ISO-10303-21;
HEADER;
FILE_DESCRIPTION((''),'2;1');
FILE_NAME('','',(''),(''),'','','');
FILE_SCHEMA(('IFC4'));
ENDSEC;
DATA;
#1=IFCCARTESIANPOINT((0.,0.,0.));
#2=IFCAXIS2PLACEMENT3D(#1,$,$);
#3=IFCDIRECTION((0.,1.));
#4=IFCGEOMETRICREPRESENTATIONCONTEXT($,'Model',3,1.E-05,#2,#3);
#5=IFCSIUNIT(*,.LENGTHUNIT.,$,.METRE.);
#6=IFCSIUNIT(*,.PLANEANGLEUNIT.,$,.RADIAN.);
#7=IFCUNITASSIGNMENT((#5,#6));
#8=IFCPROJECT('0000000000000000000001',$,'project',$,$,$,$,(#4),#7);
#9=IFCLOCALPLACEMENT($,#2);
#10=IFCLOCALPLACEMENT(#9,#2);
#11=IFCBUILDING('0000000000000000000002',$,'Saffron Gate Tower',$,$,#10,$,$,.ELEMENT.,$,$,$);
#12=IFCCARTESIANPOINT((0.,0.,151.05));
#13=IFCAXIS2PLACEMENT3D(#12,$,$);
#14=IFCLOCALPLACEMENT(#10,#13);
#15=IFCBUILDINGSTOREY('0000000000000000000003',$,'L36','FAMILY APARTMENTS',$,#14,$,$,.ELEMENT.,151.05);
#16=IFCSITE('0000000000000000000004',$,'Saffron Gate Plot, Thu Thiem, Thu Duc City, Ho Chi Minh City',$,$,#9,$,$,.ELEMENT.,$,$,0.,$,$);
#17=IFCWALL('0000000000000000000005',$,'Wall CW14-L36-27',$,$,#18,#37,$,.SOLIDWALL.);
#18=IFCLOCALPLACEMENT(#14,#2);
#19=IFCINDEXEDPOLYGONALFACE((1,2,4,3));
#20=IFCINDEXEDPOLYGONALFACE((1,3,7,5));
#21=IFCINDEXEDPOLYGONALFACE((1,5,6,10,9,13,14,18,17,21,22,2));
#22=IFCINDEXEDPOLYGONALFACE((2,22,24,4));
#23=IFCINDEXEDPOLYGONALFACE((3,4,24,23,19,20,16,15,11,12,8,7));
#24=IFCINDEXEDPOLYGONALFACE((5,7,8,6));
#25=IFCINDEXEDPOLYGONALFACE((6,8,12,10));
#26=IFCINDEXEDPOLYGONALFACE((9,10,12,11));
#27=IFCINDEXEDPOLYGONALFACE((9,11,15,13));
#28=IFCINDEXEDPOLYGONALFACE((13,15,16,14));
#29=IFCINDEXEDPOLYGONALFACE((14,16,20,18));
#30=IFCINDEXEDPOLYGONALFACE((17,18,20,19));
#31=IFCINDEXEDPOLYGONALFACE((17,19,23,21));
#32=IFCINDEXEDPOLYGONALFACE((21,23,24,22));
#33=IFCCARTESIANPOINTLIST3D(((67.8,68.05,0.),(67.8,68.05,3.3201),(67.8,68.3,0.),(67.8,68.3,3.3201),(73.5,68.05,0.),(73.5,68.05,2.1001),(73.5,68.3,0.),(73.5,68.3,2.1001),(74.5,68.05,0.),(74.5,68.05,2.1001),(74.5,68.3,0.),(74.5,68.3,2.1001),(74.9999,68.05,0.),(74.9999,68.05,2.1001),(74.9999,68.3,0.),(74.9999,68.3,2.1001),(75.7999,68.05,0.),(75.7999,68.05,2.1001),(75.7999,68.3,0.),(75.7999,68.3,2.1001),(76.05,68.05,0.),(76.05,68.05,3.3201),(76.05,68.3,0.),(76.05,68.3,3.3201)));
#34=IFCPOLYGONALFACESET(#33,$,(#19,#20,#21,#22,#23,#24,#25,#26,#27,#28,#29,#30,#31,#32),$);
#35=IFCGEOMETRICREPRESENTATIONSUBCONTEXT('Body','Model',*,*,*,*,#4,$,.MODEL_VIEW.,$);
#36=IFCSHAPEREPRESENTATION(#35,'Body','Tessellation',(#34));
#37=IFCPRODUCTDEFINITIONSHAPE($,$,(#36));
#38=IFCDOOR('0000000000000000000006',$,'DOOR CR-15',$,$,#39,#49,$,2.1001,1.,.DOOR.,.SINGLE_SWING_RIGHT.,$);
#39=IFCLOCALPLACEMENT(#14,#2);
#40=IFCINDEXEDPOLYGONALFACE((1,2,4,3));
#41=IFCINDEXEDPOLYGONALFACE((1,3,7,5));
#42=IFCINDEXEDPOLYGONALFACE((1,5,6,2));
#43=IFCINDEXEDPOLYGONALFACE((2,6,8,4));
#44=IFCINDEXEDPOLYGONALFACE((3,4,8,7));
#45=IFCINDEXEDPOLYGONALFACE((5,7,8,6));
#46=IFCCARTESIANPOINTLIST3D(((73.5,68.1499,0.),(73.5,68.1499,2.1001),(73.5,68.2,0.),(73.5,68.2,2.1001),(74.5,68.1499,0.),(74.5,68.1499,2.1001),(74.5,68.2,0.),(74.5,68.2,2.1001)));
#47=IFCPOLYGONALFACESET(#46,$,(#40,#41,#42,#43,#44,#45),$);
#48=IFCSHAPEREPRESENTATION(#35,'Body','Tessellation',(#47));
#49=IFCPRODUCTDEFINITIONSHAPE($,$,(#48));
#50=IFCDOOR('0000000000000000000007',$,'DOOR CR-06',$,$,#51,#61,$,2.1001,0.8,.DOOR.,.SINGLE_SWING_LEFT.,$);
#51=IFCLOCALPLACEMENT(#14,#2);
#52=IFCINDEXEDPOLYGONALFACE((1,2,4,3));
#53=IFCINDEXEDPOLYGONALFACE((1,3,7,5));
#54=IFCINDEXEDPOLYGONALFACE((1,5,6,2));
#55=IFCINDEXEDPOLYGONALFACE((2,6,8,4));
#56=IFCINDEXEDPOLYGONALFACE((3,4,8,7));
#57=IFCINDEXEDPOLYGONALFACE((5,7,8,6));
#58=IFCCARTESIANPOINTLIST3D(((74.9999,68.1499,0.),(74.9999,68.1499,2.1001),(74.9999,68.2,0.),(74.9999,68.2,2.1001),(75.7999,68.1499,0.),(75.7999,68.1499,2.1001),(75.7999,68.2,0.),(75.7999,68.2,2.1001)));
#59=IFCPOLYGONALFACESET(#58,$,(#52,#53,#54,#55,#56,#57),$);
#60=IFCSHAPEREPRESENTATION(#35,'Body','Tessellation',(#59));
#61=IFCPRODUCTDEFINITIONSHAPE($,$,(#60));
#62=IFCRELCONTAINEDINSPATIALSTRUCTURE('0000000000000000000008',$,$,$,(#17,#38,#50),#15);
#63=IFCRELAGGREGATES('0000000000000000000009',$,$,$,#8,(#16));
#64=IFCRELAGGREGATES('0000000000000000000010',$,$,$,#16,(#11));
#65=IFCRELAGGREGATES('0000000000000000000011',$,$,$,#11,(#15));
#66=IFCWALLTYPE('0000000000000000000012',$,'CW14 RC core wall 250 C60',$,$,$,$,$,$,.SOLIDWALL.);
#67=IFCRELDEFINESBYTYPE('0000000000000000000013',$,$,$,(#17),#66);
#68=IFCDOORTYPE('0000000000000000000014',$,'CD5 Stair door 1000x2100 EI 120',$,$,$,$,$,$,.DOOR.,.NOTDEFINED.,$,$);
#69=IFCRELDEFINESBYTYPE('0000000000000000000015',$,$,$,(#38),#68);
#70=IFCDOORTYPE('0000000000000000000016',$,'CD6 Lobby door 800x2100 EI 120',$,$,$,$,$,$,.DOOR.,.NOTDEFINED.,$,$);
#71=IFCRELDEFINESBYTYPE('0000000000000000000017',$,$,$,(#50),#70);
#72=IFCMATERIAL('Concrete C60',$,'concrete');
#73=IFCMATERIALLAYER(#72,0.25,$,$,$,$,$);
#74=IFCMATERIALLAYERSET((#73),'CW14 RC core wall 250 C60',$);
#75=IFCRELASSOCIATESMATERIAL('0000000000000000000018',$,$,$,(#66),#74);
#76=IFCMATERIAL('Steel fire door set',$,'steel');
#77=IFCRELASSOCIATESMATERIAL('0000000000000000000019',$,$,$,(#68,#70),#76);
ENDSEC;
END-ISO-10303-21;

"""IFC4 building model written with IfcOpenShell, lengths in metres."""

from ifc_helpers import new_model, si_unit, direction, frame, frame_2d, origin, place, context, subcontext, project, spatial, rectangle, extrude, material, layer, layer_set, type_object, element, fill, save


model = new_model("IFC4")

# Units and contexts
model_context = context("Model", 3, precision=1e-05, world=origin(), true_north=direction((0.0, 1.0)))
body_context = subcontext(model_context, "Body", "Model", "MODEL_VIEW")
ifc_project = project(units=[si_unit("LENGTHUNIT", "METRE"), si_unit("PLANEANGLEUNIT", "RADIAN")], contexts=[model_context])

# Site, building, storey
site_placement = place(None, origin())
site = spatial("IfcSite", under=ifc_project, at=site_placement, Name="Saffron Gate Plot, Thu Thiem, Thu Duc City, Ho Chi Minh City", CompositionType="ELEMENT", RefElevation=0.0)
building_placement = place(site_placement, origin())
building = spatial("IfcBuilding", under=site, at=building_placement, Name="Saffron Gate Tower", CompositionType="ELEMENT")
storey_placement = place(building_placement, frame((0.0, 0.0, 151.05)))
storey = spatial("IfcBuildingStorey", under=building, at=storey_placement, Name="L36", Description="FAMILY APARTMENTS", CompositionType="ELEMENT", Elevation=151.05)

# Shared definitions
ifc_material_1 = material(Name="Concrete C60", Category="concrete")

# Wall, openings, doors
ifc_layer_1 = layer(ifc_material_1, 0.25)
ifc_layer_set_1 = layer_set([ifc_layer_1], Name="CW14 RC core wall 250 C60")
wall_type_1 = type_object("IfcWallType", Name="CW14 RC core wall 250 C60", PredefinedType="SOLIDWALL", material=ifc_layer_set_1)
wall_1_placement = place(storey_placement, frame((67.8, 68.175, 0.0), z_axis=(0.0, 0.0, 1.0), x_axis=(1.0, 0.0, 0.0)))
wall_1 = element("IfcWall", 1, at=wall_1_placement, inside=storey, type_object=wall_type_1, Name="Wall CW14-L36-27", PredefinedType="SOLIDWALL", context=body_context, shape_type="SweptSolid", body=[
    extrude(rectangle(XDim=8.25, YDim=0.25, at=frame_2d((4.125, 0.0))), origin(), (0.0, 0.0, 1.0), 3.3201),
])
opening_1_placement = place(wall_1_placement, frame((5.7, 0.0, 0.0)))
opening_1 = element("IfcOpeningElement", 2, at=opening_1_placement, cuts=wall_1, PredefinedType="OPENING", context=body_context, shape_type="SweptSolid", body=[
    extrude(rectangle(XDim=1.0, YDim=2.1001, at=frame_2d((0.5, 1.05))), frame((0.0, 0.135, 0.0), z_axis=(0.0, -1.0, 0.0), x_axis=(1.0, 0.0, 0.0)), (0.0, 0.0, 1.0), 0.27),
])
opening_2_placement = place(wall_1_placement, frame((7.2, 0.0, 0.0)))
opening_2 = element("IfcOpeningElement", 3, at=opening_2_placement, cuts=wall_1, PredefinedType="OPENING", context=body_context, shape_type="SweptSolid", body=[
    extrude(rectangle(XDim=0.8, YDim=2.1001, at=frame_2d((0.3999, 1.05))), frame((0.0, 0.135, 0.0), z_axis=(0.0, -1.0, 0.0), x_axis=(1.0, 0.0, 0.0)), (0.0, 0.0, 1.0), 0.27),
])
ifc_material_2 = material(Name="Steel fire door set", Category="steel")
door_type_1 = type_object("IfcDoorType", Name="CD5 Stair door 1000x2100 EI 120", OperationType="NOTDEFINED", PredefinedType="DOOR", material=ifc_material_2)
door_1_placement = place(opening_1_placement, origin())
door_1 = element("IfcDoor", 4, at=door_1_placement, inside=storey, type_object=door_type_1, Name="DOOR CR-15", OperationType="SINGLE_SWING_RIGHT", OverallHeight=2.1001, OverallWidth=1.0, PredefinedType="DOOR", context=body_context, shape_type="SweptSolid", body=[
    extrude(rectangle(XDim=1.0, YDim=2.1001, at=frame_2d((0.5, 1.05))), frame((0.0, 0.0249, 0.0), z_axis=(0.0, -1.0, 0.0), x_axis=(1.0, 0.0, 0.0)), (0.0, 0.0, 1.0), 0.05),
])
fill(opening_1, door_1)
door_type_2 = type_object("IfcDoorType", Name="CD6 Lobby door 800x2100 EI 120", OperationType="NOTDEFINED", PredefinedType="DOOR", material=ifc_material_2)
door_2_placement = place(opening_2_placement, origin())
door_2 = element("IfcDoor", 5, at=door_2_placement, inside=storey, type_object=door_type_2, Name="DOOR CR-06", OperationType="SINGLE_SWING_LEFT", OverallHeight=2.1001, OverallWidth=0.8, PredefinedType="DOOR", context=body_context, shape_type="SweptSolid", body=[
    extrude(rectangle(XDim=0.8, YDim=2.1001, at=frame_2d((0.3999, 1.05))), frame((0.0, 0.0249, 0.0), z_axis=(0.0, -1.0, 0.0), x_axis=(1.0, 0.0, 0.0)), (0.0, 0.0, 1.0), 0.05),
])
fill(opening_2, door_2)

save(model, "model.ifc")
